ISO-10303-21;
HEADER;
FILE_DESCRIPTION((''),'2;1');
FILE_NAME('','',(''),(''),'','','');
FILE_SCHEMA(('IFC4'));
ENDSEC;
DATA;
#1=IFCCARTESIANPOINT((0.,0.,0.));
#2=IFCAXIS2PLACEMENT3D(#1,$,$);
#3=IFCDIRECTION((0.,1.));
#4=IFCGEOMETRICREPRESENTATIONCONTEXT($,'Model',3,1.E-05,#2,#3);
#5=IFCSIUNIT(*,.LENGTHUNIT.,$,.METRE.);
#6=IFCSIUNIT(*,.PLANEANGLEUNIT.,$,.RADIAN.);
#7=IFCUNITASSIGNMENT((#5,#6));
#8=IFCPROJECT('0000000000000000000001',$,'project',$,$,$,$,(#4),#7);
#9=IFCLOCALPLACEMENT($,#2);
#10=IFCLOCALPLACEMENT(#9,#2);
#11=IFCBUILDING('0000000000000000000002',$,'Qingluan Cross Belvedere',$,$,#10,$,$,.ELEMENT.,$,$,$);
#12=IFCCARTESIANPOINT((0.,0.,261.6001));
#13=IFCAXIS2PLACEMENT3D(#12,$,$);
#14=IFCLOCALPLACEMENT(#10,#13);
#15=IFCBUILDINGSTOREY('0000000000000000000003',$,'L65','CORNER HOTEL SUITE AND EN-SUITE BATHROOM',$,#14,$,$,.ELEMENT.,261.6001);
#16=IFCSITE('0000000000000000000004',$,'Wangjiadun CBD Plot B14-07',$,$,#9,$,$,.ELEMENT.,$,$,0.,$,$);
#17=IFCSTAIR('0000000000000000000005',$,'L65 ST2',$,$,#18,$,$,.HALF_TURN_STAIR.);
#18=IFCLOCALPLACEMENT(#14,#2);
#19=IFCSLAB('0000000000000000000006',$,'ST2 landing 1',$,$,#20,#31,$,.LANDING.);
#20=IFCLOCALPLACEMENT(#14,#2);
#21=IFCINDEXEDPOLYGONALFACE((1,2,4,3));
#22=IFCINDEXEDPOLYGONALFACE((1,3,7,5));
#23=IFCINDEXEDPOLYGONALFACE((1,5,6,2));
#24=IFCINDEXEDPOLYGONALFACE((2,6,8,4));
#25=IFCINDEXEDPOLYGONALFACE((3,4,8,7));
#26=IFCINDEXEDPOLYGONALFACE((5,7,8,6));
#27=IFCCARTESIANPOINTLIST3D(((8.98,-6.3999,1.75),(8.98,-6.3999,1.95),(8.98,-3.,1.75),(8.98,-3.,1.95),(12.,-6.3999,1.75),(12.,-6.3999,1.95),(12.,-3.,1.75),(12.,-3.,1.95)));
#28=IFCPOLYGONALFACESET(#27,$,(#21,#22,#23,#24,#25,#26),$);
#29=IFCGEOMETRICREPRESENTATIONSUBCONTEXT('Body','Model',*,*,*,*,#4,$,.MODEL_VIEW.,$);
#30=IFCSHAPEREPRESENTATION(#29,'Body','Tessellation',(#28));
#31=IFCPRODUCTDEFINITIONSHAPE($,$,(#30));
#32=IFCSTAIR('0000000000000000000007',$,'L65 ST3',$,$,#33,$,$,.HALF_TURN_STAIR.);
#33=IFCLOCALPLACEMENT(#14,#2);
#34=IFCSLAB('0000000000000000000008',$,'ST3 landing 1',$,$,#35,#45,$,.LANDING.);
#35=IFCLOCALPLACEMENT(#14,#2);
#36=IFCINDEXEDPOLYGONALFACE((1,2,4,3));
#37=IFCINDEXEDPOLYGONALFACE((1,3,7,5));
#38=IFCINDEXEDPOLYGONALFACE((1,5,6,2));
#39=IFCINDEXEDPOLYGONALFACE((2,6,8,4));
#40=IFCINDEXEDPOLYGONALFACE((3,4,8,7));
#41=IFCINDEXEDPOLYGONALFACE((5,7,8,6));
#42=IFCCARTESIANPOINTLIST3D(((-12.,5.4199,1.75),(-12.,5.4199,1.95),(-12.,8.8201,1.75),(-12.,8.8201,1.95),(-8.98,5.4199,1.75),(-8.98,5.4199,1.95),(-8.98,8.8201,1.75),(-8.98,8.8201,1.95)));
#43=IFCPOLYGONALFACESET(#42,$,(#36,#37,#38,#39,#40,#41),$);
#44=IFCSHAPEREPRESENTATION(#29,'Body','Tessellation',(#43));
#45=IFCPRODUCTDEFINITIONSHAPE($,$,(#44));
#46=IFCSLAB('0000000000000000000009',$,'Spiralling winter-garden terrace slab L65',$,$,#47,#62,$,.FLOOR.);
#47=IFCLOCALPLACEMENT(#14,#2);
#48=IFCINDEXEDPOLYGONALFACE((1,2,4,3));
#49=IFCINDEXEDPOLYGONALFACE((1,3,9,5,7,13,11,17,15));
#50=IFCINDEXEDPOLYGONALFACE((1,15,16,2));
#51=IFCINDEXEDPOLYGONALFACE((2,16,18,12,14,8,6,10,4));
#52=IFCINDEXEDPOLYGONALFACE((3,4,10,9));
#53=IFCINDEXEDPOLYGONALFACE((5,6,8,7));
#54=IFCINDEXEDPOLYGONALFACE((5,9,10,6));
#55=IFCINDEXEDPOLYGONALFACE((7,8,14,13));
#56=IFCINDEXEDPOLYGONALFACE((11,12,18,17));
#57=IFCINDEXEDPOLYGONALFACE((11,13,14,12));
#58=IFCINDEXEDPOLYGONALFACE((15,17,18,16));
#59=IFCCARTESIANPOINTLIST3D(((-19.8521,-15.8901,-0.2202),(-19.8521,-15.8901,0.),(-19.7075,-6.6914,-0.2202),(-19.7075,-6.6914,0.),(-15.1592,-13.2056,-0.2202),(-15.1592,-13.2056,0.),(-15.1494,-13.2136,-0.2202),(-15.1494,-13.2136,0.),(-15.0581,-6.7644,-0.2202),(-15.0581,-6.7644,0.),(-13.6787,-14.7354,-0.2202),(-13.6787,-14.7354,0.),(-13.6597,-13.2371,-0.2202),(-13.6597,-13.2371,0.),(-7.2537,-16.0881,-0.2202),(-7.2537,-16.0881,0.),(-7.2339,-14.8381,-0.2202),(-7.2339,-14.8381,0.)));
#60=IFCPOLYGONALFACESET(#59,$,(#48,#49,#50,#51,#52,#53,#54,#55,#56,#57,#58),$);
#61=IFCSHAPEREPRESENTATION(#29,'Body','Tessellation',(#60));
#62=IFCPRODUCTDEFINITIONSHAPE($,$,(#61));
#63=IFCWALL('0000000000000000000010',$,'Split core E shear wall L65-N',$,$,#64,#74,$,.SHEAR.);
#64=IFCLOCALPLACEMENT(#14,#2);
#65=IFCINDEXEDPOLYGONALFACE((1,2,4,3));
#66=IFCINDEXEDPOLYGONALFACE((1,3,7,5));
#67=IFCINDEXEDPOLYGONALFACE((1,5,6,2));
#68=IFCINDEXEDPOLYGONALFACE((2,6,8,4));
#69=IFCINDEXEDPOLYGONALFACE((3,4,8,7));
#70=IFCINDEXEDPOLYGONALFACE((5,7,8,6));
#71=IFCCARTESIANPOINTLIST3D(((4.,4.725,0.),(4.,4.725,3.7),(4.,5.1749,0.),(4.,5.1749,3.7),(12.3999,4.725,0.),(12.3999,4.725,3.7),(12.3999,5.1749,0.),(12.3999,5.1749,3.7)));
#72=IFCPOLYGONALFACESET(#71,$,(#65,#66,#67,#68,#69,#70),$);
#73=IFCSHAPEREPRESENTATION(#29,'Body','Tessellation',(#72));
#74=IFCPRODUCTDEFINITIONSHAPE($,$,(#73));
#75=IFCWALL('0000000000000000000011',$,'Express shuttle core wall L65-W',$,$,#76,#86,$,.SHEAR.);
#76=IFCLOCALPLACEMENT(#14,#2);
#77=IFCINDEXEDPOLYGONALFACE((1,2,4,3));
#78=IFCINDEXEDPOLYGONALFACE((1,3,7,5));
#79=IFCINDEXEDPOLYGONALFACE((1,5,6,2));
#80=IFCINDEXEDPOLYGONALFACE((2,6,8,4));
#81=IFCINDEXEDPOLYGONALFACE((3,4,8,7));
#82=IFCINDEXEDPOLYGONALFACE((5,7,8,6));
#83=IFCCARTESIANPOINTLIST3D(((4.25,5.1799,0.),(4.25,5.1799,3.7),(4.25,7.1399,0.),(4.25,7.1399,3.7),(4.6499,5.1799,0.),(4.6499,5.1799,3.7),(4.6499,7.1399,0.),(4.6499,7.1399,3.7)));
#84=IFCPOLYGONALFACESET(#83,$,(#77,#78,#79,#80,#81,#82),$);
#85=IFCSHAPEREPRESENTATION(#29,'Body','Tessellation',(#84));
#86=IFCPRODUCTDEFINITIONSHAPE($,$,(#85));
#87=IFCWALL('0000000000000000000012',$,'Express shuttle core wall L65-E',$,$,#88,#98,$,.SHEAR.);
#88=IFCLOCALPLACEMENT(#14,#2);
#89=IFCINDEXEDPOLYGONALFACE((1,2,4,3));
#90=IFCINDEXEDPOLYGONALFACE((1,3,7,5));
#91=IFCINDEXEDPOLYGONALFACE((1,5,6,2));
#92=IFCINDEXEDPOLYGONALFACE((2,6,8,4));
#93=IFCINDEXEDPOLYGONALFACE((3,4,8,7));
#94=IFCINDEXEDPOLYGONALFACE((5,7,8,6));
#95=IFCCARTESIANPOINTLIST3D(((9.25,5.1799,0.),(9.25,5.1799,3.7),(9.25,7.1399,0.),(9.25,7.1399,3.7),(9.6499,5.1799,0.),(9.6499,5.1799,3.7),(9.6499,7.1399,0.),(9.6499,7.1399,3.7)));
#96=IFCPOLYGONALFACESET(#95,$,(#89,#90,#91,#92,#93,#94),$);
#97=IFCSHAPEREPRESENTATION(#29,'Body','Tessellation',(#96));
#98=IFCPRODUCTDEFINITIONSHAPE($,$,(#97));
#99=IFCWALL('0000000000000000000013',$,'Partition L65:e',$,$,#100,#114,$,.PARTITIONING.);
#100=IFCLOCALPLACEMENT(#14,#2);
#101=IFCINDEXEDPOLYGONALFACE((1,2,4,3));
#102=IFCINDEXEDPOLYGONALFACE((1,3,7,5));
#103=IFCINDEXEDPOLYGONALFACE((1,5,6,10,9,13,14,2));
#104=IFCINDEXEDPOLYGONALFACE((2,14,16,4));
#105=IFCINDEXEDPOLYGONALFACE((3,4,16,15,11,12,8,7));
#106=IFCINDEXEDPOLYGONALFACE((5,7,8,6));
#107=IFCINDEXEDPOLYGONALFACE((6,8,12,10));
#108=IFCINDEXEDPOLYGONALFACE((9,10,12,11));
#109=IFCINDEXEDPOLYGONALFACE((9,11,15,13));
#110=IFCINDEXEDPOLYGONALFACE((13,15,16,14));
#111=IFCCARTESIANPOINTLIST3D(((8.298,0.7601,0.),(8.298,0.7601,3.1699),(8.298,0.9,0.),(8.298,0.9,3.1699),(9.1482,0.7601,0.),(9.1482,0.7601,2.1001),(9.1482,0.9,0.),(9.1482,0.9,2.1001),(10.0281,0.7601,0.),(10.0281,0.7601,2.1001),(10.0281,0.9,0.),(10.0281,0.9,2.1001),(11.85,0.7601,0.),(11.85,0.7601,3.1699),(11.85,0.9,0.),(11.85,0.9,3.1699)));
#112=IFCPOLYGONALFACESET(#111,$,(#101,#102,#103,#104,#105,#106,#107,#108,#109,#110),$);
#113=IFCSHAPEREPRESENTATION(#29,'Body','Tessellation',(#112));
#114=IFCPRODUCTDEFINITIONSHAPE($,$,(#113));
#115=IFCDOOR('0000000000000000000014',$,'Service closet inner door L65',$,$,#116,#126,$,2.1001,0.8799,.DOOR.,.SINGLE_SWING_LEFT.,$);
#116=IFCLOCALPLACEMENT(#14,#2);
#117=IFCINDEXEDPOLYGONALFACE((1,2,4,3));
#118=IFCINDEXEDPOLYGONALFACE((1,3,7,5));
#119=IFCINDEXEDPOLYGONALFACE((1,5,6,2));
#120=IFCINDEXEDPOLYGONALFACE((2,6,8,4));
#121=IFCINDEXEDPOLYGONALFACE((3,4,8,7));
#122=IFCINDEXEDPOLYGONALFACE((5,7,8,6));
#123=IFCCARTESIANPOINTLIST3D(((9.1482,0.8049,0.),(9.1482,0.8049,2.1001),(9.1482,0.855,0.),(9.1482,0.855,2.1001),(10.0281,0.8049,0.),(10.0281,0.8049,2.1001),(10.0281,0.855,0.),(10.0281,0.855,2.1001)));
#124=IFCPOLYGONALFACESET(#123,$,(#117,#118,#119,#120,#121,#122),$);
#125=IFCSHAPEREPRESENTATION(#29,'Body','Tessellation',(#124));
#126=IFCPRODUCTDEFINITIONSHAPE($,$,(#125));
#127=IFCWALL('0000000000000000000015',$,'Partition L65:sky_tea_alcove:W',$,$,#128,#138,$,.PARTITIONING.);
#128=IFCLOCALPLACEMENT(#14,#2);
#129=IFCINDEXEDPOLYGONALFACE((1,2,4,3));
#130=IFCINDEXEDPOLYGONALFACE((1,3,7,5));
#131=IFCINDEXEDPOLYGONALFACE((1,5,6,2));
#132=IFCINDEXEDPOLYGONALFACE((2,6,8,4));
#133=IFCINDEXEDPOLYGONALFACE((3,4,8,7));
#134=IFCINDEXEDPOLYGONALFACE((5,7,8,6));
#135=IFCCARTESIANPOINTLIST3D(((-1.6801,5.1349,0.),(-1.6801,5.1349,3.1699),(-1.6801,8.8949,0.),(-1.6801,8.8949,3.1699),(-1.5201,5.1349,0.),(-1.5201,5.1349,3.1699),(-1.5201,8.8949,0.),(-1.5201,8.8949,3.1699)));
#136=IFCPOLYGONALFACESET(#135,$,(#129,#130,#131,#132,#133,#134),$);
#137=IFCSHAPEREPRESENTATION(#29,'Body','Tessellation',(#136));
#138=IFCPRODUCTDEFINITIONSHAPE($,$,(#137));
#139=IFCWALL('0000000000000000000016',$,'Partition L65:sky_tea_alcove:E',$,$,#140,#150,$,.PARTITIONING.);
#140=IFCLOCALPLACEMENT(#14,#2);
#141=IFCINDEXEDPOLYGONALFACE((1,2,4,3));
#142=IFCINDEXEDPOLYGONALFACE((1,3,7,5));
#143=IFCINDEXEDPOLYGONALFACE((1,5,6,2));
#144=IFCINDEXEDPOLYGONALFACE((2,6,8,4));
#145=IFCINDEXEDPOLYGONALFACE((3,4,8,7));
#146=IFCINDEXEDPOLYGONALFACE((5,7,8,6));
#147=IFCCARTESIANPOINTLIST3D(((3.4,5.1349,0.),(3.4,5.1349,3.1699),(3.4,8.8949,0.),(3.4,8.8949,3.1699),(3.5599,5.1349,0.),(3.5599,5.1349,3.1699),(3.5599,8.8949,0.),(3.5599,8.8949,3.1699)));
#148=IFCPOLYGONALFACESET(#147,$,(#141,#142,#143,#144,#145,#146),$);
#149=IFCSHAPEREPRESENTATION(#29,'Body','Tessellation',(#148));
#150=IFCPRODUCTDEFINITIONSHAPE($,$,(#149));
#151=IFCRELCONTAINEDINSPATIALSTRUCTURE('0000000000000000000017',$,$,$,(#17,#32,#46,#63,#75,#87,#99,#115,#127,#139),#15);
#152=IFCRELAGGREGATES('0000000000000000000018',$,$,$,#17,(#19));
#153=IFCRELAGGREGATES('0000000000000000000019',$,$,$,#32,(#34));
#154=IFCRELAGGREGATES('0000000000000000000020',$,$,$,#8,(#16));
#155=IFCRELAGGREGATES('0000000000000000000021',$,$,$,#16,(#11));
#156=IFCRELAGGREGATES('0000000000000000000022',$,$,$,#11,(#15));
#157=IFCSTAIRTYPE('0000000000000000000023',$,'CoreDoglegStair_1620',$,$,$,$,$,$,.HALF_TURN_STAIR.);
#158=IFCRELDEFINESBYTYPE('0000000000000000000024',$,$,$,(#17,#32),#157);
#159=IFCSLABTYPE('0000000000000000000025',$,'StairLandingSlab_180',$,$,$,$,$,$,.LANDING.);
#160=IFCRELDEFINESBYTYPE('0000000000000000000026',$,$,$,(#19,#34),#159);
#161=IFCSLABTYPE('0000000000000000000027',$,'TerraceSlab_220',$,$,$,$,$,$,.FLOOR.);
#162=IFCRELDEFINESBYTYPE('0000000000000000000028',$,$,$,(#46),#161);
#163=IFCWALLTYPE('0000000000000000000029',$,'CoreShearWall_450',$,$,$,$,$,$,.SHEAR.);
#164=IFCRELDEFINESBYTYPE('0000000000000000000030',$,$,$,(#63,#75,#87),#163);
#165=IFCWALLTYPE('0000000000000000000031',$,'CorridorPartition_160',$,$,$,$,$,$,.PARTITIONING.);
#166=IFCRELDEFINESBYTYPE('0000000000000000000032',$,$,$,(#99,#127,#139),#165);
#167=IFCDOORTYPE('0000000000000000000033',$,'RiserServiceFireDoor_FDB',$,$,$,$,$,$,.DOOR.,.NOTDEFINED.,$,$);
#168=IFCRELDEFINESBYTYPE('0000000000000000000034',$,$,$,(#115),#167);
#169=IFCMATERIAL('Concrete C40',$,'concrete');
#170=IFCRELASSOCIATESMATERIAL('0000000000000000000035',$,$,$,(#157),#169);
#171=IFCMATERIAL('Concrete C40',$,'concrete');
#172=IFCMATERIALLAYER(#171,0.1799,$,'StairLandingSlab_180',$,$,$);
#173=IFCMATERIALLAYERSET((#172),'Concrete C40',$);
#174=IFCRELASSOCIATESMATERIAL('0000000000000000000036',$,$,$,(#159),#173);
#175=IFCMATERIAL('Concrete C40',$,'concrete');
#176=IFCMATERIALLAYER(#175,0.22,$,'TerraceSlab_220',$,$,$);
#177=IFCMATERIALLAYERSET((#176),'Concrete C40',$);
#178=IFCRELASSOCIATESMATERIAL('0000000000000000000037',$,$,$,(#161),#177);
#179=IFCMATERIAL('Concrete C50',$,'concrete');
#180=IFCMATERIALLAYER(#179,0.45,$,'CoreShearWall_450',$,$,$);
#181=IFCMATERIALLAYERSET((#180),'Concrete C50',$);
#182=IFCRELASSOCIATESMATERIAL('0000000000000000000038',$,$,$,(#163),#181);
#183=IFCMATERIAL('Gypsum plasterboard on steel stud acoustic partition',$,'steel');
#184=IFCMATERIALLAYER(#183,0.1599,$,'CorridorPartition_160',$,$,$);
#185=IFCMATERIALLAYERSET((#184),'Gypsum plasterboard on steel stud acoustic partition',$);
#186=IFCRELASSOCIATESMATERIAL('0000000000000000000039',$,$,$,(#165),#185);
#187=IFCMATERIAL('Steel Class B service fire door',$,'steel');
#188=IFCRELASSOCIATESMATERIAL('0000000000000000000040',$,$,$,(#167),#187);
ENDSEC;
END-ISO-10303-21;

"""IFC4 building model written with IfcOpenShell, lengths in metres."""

from ifc_helpers import new_model, si_unit, direction, frame, frame_2d, origin, place, context, subcontext, project, spatial, polyline, rectangle, outline, extrude, material, layer, layer_set, type_object, element, fill, aggregate, save


model = new_model("IFC4")

# Units and contexts
model_context = context("Model", 3, precision=1e-05, world=origin(), true_north=direction((0.0, 1.0)))
body_context = subcontext(model_context, "Body", "Model", "MODEL_VIEW")
ifc_project = project(units=[si_unit("LENGTHUNIT", "METRE"), si_unit("PLANEANGLEUNIT", "RADIAN")], contexts=[model_context])

# Site, building, storey
site_placement = place(None, origin())
site = spatial("IfcSite", under=ifc_project, at=site_placement, Name="Wangjiadun CBD Plot B14-07", CompositionType="ELEMENT", RefElevation=0.0)
building_placement = place(site_placement, origin())
building = spatial("IfcBuilding", under=site, at=building_placement, Name="Qingluan Cross Belvedere", CompositionType="ELEMENT")
storey_placement = place(building_placement, frame((0.0, 0.0, 261.6001)))
storey = spatial("IfcBuildingStorey", under=building, at=storey_placement, Name="L65", Description="CORNER HOTEL SUITE AND EN-SUITE BATHROOM", CompositionType="ELEMENT", Elevation=261.6001)

# Stairs, slabs
ifc_material_1 = material(Name="Concrete C40", Category="concrete")
stair_type = type_object("IfcStairType", Name="CoreDoglegStair_1620", PredefinedType="HALF_TURN_STAIR", material=ifc_material_1)
ifc_material_2 = material(Name="Concrete C40", Category="concrete")
ifc_layer_1 = layer(ifc_material_2, 0.1799, Name="StairLandingSlab_180")
ifc_layer_set_1 = layer_set([ifc_layer_1], Name="Concrete C40")
slab_type_1 = type_object("IfcSlabType", Name="StairLandingSlab_180", PredefinedType="LANDING", material=ifc_layer_set_1)
stair_1_placement = place(storey_placement, origin())
stair_1 = element("IfcStair", 1, at=stair_1_placement, inside=storey, type_object=stair_type, Name="L65 ST2", PredefinedType="HALF_TURN_STAIR")
slab_1_placement = place(storey_placement, frame((0.0, 0.0, 1.75)))
slab_1 = element("IfcSlab", 2, at=slab_1_placement, type_object=slab_type_1, Name="ST2 landing 1", PredefinedType="LANDING", context=body_context, shape_type="SweptSolid", body=[
    extrude(outline(polyline([(8.98, -6.3999), (12.0, -6.3999), (12.0, -3.0), (8.98, -3.0), (8.98, -6.3999)])), origin(), (0.0, 0.0, 1.0), 0.2),
])
aggregate(stair_1, [slab_1])
stair_2_placement = place(storey_placement, origin())
stair_2 = element("IfcStair", 3, at=stair_2_placement, inside=storey, type_object=stair_type, Name="L65 ST3", PredefinedType="HALF_TURN_STAIR")
slab_2_placement = place(storey_placement, frame((0.0, 0.0, 1.75)))
slab_2 = element("IfcSlab", 4, at=slab_2_placement, type_object=slab_type_1, Name="ST3 landing 1", PredefinedType="LANDING", context=body_context, shape_type="SweptSolid", body=[
    extrude(outline(polyline([(-8.98, 8.8201), (-12.0, 8.8201), (-12.0, 5.4199), (-8.98, 5.4199), (-8.98, 8.8201)])), origin(), (0.0, 0.0, 1.0), 0.2),
])
aggregate(stair_2, [slab_2])

# Slab
ifc_material_3 = material(Name="Concrete C40", Category="concrete")
ifc_layer_2 = layer(ifc_material_3, 0.22, Name="TerraceSlab_220")
ifc_layer_set_2 = layer_set([ifc_layer_2], Name="Concrete C40")
slab_type_2 = type_object("IfcSlabType", Name="TerraceSlab_220", PredefinedType="FLOOR", material=ifc_layer_set_2)
slab_3_placement = place(storey_placement, frame((0.0, 0.0, -0.2202)))
element("IfcSlab", 5, at=slab_3_placement, inside=storey, type_object=slab_type_2, Name="Spiralling winter-garden terrace slab L65", PredefinedType="FLOOR", context=body_context, shape_type="SweptSolid", body=[
    extrude(outline(polyline([(-7.2339, -14.8381), (-13.6787, -14.7354), (-13.6597, -13.2371), (-15.1494, -13.2136), (-15.1592, -13.2056), (-15.0581, -6.7644), (-19.7075, -6.6914), (-19.8521, -15.8901), (-7.2537, -16.0881), (-7.2339, -14.8381)])), origin(), (0.0, 0.0, 1.0), 0.2202),
])

# Walls
ifc_material_4 = material(Name="Concrete C50", Category="concrete")
ifc_layer_3 = layer(ifc_material_4, 0.45, Name="CoreShearWall_450")
ifc_layer_set_3 = layer_set([ifc_layer_3], Name="Concrete C50")
wall_type_1 = type_object("IfcWallType", Name="CoreShearWall_450", PredefinedType="SHEAR", material=ifc_layer_set_3)
wall_1_placement = place(storey_placement, frame((4.0, 4.95, 0.0), z_axis=(0.0, 0.0, 1.0), x_axis=(1.0, 0.0, 0.0)))
element("IfcWall", 6, at=wall_1_placement, inside=storey, type_object=wall_type_1, Name="Split core E shear wall L65-N", PredefinedType="SHEAR", context=body_context, shape_type="SweptSolid", body=[
    extrude(rectangle(XDim=8.3999, YDim=0.45, at=frame_2d((4.2, 0.0))), origin(), (0.0, 0.0, 1.0), 3.7),
])
for number, where, z_axis, x_axis, name in (
    (7, (4.45, 5.1799, 0.0), (0.0, 0.0, 1.0), (0.0, 1.0, 0.0), "Express shuttle core wall L65-W"),
    (8, (9.45, 5.1799, 0.0), (0.0, 0.0, 1.0), (0.0, 1.0, 0.0), "Express shuttle core wall L65-E"),
):
    element("IfcWall", number, at=place(storey_placement, frame(where, z_axis=z_axis, x_axis=x_axis)), inside=storey, type_object=wall_type_1, Name=name, PredefinedType="SHEAR", context=body_context, shape_type="SweptSolid", body=[
        extrude(rectangle(XDim=1.96, YDim=0.3999, at=frame_2d((0.98, 0.0))), origin(), (0.0, 0.0, 1.0), 3.7),
    ])

# Wall, opening, door
ifc_material_5 = material(Name="Gypsum plasterboard on steel stud acoustic partition", Category="steel")
ifc_layer_4 = layer(ifc_material_5, 0.1599, Name="CorridorPartition_160")
ifc_layer_set_4 = layer_set([ifc_layer_4], Name="Gypsum plasterboard on steel stud acoustic partition")
wall_type_2 = type_object("IfcWallType", Name="CorridorPartition_160", PredefinedType="PARTITIONING", material=ifc_layer_set_4)
wall_2_placement = place(storey_placement, frame((8.2981, 0.8301, 0.0), z_axis=(0.0, 0.0, 1.0), x_axis=(1.0, 0.0, 0.0)))
wall_2 = element("IfcWall", 9, at=wall_2_placement, inside=storey, type_object=wall_type_2, Name="Partition L65:e", PredefinedType="PARTITIONING", context=body_context, shape_type="SweptSolid", body=[
    extrude(rectangle(XDim=3.552, YDim=0.1399, at=frame_2d((1.7759, 0.0))), origin(), (0.0, 0.0, 1.0), 3.1699),
])
opening_1_placement = place(wall_2_placement, frame((0.8501, 0.0, 0.0)))
opening_1 = element("IfcOpeningElement", 10, at=opening_1_placement, cuts=wall_2, PredefinedType="OPENING", context=body_context, shape_type="SweptSolid", body=[
    extrude(rectangle(XDim=0.8799, YDim=2.1001, at=frame_2d((0.4399, 1.05))), frame((0.0, 0.0798, 0.0), z_axis=(0.0, -1.0, 0.0), x_axis=(1.0, 0.0, 0.0)), (0.0, 0.0, 1.0), 0.1599),
])
ifc_material_6 = material(Name="Steel Class B service fire door", Category="steel")
door_type_1 = type_object("IfcDoorType", Name="RiserServiceFireDoor_FDB", OperationType="NOTDEFINED", PredefinedType="DOOR", material=ifc_material_6)
door_1_placement = place(opening_1_placement, origin())
door_1 = element("IfcDoor", 11, at=door_1_placement, inside=storey, type_object=door_type_1, Name="Service closet inner door L65", OperationType="SINGLE_SWING_LEFT", OverallHeight=2.1001, OverallWidth=0.8799, PredefinedType="DOOR", context=body_context, shape_type="SweptSolid", body=[
    extrude(rectangle(XDim=0.8799, YDim=2.1001, at=frame_2d((0.4399, 1.05))), frame((0.0, 0.0249, 0.0), z_axis=(0.0, -1.0, 0.0), x_axis=(1.0, 0.0, 0.0)), (0.0, 0.0, 1.0), 0.05),
])
fill(opening_1, door_1)

# Walls
for number, where, z_axis, x_axis, name in (
    (12, (-1.6001, 5.135, 0.0), (0.0, 0.0, 1.0), (0.0, 1.0, 0.0), "Partition L65:sky_tea_alcove:W"),
    (13, (3.48, 5.135, 0.0), (0.0, 0.0, 1.0), (0.0, 1.0, 0.0), "Partition L65:sky_tea_alcove:E"),
):
    element("IfcWall", number, at=place(storey_placement, frame(where, z_axis=z_axis, x_axis=x_axis)), inside=storey, type_object=wall_type_2, Name=name, PredefinedType="PARTITIONING", context=body_context, shape_type="SweptSolid", body=[
        extrude(rectangle(XDim=3.76, YDim=0.1599, at=frame_2d((1.8799, 0.0))), origin(), (0.0, 0.0, 1.0), 3.1699),
    ])

save(model, "model.ifc")
